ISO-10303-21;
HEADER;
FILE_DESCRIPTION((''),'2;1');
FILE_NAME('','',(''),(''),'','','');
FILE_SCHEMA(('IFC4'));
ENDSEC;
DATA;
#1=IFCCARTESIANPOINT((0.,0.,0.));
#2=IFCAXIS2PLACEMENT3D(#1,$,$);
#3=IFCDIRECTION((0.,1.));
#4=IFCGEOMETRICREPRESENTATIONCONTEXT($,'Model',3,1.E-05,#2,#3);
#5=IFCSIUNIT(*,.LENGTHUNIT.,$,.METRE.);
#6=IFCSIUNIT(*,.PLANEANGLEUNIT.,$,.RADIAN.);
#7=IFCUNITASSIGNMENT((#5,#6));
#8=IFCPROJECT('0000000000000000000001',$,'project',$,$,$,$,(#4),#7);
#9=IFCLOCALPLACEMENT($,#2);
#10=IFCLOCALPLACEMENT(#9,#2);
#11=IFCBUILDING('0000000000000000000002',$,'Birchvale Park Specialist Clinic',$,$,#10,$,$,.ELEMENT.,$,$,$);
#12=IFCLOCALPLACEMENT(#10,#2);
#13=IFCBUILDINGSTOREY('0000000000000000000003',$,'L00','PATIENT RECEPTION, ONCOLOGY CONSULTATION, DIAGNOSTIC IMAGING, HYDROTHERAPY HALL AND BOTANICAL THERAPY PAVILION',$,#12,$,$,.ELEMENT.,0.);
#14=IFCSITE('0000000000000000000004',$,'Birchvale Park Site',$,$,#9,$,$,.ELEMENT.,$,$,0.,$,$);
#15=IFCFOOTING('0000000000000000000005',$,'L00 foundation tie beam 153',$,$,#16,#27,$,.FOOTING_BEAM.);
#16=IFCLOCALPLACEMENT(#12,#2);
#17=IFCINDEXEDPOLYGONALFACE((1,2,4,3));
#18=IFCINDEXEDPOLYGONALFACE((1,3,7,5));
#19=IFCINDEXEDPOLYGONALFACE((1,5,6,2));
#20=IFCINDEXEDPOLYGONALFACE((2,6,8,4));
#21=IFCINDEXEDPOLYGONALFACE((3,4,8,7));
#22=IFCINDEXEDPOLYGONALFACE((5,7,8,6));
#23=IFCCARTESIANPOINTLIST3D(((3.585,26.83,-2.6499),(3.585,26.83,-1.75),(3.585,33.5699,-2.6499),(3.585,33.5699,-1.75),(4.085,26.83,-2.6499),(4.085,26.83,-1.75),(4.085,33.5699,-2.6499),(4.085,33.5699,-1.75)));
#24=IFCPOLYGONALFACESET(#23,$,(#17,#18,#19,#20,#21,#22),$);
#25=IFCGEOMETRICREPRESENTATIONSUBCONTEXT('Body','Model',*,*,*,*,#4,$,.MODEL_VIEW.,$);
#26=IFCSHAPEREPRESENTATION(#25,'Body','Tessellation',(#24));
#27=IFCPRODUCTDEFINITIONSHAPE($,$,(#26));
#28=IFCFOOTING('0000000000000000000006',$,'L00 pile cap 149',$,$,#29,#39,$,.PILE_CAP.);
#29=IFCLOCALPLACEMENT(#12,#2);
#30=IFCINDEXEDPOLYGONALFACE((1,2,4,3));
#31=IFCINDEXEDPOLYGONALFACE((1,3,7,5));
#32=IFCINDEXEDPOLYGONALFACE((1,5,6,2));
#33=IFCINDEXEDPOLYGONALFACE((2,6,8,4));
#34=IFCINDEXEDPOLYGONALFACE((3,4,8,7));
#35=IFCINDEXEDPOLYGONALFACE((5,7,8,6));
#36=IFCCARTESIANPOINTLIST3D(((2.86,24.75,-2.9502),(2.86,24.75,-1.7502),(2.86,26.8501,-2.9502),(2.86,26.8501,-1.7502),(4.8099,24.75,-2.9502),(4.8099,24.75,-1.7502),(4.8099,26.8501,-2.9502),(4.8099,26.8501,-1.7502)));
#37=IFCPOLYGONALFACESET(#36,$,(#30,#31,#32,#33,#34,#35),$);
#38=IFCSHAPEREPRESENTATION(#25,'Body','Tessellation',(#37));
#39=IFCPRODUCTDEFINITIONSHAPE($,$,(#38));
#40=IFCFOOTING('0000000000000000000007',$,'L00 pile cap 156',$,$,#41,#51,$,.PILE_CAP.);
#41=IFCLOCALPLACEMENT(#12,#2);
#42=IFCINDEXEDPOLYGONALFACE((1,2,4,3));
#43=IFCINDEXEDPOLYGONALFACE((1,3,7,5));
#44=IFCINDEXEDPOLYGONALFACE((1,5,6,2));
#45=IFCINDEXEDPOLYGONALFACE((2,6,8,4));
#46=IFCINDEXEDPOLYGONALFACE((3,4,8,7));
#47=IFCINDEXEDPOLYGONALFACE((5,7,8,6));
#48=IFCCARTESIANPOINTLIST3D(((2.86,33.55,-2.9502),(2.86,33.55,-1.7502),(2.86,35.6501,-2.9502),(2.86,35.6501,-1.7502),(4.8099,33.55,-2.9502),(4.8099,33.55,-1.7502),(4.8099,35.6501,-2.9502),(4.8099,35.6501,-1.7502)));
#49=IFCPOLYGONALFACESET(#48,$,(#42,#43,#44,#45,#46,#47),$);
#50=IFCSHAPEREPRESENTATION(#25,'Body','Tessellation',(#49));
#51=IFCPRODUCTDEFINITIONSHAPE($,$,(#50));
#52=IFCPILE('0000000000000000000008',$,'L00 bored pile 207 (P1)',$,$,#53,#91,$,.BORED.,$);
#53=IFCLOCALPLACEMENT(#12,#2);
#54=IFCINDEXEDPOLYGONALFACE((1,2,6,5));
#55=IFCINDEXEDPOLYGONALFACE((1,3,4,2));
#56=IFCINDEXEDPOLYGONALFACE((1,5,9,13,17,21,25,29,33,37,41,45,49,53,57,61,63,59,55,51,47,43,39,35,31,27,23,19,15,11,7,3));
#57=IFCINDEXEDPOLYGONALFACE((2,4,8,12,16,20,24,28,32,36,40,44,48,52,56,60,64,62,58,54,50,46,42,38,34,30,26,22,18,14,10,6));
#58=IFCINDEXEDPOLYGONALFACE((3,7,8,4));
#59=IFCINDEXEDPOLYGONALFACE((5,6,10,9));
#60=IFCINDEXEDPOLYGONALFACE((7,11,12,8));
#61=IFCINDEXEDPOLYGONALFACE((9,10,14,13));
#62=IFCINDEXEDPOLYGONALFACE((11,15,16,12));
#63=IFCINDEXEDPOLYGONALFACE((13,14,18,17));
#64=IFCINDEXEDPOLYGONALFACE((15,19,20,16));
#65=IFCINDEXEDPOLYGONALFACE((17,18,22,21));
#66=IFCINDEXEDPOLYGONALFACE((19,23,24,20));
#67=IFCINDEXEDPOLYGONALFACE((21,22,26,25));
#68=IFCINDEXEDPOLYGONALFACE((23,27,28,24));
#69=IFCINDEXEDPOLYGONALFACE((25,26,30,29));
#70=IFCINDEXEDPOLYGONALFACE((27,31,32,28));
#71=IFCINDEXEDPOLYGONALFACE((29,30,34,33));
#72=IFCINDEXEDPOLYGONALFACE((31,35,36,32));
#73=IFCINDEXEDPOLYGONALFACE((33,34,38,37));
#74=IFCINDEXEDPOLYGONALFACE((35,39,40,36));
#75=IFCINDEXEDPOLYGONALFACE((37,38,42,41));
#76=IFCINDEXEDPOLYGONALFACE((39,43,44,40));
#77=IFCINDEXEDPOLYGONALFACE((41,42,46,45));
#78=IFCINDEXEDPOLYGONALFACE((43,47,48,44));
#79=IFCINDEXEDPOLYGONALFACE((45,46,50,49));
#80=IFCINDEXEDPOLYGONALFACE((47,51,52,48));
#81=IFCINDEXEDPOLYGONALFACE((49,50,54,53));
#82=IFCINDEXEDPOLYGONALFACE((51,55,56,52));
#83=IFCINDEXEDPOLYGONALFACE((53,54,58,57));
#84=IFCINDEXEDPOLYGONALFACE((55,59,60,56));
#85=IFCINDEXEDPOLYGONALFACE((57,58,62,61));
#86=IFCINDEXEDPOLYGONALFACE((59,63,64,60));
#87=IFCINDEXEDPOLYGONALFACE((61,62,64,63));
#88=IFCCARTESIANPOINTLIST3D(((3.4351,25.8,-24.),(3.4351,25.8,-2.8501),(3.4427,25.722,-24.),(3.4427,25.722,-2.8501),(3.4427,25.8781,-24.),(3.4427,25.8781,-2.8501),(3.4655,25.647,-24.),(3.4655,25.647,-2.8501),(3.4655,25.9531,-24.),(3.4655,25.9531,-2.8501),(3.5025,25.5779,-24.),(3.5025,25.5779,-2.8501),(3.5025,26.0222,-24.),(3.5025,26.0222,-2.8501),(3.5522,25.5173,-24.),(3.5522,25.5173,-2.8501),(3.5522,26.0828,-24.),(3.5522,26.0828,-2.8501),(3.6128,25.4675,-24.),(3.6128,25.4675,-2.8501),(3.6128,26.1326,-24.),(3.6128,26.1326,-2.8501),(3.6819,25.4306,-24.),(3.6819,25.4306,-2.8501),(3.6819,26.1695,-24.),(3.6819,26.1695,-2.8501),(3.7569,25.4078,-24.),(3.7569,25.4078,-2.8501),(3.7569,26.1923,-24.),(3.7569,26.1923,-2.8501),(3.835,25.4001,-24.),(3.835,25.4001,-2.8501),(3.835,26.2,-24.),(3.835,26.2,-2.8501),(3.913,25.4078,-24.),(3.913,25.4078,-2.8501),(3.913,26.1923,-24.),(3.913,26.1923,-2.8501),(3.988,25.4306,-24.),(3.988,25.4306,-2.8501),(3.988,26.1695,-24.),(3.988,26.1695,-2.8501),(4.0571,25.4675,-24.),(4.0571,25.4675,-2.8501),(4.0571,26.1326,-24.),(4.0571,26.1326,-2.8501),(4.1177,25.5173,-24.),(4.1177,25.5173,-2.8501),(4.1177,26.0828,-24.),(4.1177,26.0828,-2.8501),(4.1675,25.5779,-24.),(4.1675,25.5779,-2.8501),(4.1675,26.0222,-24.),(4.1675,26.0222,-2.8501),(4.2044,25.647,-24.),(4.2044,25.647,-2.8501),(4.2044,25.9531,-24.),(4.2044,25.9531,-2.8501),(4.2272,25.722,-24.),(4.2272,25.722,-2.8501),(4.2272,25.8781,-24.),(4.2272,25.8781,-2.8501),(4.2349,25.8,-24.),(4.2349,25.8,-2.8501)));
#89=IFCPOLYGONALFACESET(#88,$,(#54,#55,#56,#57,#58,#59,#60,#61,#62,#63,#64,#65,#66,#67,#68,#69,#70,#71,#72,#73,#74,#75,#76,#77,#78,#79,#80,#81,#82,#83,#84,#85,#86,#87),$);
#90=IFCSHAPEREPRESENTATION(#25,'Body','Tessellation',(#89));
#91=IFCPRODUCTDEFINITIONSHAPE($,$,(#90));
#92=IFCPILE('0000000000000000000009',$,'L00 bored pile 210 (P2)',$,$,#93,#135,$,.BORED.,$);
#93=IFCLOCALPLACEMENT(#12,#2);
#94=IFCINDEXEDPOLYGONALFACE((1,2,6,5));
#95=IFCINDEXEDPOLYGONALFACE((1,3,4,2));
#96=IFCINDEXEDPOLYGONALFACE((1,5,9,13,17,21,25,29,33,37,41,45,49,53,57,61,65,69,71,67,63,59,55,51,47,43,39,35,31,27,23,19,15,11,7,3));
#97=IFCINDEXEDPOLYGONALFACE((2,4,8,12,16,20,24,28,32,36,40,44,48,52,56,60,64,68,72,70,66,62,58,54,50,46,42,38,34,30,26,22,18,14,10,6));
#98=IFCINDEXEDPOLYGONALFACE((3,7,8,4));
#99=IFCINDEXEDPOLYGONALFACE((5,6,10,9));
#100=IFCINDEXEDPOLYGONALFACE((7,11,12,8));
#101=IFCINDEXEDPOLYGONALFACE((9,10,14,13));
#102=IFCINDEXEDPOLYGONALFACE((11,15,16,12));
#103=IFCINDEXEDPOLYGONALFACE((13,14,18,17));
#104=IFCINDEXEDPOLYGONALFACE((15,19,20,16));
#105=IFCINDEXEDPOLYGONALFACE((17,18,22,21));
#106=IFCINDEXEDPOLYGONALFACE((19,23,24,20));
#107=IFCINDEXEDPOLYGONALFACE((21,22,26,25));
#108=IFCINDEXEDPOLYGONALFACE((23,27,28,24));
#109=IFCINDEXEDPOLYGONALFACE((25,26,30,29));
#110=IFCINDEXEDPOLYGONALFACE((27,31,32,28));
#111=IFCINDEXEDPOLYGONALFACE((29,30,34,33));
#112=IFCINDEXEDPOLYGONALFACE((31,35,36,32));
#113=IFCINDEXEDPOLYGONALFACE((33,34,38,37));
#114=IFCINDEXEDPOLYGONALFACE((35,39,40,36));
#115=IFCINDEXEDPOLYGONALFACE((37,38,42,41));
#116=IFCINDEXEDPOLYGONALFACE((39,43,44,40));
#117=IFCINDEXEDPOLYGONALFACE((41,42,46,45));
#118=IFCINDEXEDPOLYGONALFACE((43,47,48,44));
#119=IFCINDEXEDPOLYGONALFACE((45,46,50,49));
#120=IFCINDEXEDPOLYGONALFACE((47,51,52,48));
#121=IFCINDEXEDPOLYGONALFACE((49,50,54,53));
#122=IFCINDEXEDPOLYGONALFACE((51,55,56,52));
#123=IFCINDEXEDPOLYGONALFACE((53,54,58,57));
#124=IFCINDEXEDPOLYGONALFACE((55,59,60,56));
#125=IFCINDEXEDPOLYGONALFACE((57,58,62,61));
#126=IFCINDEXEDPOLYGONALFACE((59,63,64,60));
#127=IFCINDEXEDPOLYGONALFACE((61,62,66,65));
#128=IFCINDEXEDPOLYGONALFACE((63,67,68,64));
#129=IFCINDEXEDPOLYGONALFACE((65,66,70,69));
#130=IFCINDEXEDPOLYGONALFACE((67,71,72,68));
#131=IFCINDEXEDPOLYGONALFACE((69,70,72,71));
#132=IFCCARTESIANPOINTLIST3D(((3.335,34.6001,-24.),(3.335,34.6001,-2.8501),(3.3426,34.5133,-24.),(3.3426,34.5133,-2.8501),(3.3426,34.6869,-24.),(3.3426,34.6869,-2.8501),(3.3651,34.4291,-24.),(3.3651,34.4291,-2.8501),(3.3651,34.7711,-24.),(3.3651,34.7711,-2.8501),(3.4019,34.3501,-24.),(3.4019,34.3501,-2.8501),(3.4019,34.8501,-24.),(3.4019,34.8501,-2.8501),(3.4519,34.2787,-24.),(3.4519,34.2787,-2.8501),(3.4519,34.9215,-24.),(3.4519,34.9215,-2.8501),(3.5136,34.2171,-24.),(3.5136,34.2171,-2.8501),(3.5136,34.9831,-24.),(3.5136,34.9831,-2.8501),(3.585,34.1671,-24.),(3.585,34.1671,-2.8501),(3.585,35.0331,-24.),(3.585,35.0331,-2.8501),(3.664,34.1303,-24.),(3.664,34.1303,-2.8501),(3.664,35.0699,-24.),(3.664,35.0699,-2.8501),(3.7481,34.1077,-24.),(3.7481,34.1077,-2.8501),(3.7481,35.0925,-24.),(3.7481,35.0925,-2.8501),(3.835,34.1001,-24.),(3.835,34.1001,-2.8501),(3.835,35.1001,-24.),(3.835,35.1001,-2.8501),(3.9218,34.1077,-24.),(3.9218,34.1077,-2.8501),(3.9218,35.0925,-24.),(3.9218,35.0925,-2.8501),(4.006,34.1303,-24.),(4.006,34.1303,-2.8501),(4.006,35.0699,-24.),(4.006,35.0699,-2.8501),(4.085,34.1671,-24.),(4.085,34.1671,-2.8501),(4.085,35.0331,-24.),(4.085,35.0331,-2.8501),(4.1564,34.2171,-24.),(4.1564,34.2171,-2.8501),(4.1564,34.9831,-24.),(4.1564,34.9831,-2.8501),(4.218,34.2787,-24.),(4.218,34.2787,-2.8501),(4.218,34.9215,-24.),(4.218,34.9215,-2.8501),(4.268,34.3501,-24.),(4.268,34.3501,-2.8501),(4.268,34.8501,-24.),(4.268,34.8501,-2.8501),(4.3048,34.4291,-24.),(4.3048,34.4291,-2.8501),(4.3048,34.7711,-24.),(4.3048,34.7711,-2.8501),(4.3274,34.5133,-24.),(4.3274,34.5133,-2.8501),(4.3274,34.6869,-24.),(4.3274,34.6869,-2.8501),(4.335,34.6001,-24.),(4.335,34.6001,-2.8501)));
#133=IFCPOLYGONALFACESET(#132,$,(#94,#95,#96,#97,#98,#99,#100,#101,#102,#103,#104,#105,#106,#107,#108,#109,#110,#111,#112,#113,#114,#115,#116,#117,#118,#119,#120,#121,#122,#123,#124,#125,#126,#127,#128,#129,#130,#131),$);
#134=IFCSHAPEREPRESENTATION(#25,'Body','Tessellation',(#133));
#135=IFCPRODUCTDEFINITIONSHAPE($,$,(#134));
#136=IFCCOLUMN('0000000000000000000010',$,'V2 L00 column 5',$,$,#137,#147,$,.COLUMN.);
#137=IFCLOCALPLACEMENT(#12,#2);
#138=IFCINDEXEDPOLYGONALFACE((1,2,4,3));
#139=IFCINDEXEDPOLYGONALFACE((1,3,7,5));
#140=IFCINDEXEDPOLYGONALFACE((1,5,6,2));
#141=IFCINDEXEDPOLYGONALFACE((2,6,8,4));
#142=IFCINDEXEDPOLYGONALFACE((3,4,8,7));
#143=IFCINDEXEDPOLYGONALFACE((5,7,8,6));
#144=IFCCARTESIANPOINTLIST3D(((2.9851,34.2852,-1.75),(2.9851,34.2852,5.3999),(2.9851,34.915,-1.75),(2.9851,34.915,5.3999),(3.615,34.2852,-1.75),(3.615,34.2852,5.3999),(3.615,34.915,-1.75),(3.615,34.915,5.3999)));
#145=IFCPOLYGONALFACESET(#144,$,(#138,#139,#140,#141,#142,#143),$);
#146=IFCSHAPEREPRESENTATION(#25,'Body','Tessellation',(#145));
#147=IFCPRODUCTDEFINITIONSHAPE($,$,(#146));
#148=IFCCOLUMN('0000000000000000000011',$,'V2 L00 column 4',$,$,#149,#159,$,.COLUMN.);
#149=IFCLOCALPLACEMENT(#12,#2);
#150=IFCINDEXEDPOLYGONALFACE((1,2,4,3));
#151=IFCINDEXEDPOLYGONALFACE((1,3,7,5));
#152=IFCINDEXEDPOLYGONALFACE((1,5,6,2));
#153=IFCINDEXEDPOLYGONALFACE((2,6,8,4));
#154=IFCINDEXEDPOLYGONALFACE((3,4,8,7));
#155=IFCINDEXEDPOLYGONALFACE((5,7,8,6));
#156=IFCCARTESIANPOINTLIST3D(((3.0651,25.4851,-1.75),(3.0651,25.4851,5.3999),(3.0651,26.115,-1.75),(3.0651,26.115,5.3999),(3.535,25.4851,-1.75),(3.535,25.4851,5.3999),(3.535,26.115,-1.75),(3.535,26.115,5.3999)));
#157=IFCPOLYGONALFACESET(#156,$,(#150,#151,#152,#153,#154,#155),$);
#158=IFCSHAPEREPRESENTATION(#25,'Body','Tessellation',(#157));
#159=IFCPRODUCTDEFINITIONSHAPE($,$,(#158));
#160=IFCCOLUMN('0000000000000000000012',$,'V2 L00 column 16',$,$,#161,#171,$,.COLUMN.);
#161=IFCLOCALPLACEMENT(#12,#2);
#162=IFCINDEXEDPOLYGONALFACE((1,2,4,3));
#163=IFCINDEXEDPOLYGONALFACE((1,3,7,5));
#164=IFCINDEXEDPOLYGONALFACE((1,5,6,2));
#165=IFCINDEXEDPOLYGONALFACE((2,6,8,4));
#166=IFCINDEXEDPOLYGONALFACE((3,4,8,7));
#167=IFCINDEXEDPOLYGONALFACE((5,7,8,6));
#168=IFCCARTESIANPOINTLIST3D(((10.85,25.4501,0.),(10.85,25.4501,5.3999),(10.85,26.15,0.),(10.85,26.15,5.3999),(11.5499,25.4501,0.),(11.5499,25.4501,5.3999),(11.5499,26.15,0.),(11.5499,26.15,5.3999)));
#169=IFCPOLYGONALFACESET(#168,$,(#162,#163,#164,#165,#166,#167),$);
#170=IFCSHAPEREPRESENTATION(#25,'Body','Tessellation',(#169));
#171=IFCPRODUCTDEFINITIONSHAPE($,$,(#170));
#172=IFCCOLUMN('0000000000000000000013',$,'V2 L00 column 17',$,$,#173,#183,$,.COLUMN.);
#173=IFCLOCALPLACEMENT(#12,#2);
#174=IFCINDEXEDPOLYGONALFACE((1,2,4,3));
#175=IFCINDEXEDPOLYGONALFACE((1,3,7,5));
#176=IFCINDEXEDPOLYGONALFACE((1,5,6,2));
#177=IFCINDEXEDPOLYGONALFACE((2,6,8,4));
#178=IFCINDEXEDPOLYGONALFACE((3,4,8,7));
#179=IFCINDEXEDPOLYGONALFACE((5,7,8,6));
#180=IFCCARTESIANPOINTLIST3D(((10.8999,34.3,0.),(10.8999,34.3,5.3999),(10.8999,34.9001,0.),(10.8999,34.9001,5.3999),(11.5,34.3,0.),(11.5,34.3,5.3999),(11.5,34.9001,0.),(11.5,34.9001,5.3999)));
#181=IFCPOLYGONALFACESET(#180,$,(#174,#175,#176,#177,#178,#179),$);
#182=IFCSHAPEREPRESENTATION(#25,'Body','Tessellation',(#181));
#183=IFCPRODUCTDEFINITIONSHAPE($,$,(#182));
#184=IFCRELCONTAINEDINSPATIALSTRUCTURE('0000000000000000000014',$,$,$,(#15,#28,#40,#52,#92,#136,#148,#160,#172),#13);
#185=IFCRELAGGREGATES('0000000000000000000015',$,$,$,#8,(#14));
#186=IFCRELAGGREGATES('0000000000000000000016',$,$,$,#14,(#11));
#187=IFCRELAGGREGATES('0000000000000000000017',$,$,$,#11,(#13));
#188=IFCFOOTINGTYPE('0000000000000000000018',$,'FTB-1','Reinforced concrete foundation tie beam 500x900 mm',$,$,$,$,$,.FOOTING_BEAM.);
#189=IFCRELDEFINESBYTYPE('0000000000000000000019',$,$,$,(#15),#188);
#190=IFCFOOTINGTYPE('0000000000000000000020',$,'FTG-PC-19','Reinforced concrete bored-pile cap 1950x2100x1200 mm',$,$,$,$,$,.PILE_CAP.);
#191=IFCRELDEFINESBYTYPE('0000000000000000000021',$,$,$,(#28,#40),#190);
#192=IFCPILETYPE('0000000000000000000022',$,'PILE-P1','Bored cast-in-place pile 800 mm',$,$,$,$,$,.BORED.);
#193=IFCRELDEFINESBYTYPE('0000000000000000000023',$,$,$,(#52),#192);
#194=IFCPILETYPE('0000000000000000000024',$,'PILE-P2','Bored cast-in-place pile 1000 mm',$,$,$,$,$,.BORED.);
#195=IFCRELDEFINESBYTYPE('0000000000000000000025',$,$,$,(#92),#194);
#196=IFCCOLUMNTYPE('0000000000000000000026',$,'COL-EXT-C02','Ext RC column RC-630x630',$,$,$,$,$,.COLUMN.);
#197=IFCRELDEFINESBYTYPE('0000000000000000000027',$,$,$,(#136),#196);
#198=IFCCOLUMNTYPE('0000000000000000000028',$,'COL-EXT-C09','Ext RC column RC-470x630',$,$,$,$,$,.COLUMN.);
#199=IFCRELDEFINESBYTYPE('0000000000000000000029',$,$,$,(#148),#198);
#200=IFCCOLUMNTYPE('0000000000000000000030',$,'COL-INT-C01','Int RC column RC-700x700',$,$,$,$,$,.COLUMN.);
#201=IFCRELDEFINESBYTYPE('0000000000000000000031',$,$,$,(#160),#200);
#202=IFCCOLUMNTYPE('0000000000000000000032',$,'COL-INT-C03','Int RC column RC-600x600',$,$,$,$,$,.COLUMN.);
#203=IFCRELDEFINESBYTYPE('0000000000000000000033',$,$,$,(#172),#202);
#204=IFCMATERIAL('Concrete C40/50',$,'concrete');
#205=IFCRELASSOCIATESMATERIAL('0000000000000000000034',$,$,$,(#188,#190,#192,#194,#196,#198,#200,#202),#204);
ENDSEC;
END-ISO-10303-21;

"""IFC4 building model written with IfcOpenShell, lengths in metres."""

from ifc_helpers import new_model, si_unit, direction, frame, origin, origin_2d, place, context, subcontext, project, spatial, rectangle, circle, extrude, material, material_profile, profile_set, type_object, element, save


model = new_model("IFC4")

# Units and contexts
model_context = context("Model", 3, precision=1e-05, world=origin(), true_north=direction((0.0, 1.0)))
body_context = subcontext(model_context, "Body", "Model", "MODEL_VIEW")
ifc_project = project(units=[si_unit("LENGTHUNIT", "METRE"), si_unit("PLANEANGLEUNIT", "RADIAN")], contexts=[model_context])

# Site, building, storey
site_placement = place(None, origin())
site = spatial("IfcSite", under=ifc_project, at=site_placement, Name="Birchvale Park Site", CompositionType="ELEMENT", RefElevation=0.0)
building_placement = place(site_placement, origin())
building = spatial("IfcBuilding", under=site, at=building_placement, Name="Birchvale Park Specialist Clinic", CompositionType="ELEMENT")
storey_placement = place(building_placement, origin())
storey = spatial("IfcBuildingStorey", under=building, at=storey_placement, Name="L00", Description="PATIENT RECEPTION, ONCOLOGY CONSULTATION, DIAGNOSTIC IMAGING, HYDROTHERAPY HALL AND BOTANICAL THERAPY PAVILION", CompositionType="ELEMENT", Elevation=0.0)

# Footings
ifc_material_1 = material(Name="Concrete C40/50", Category="concrete")
footing_type_1 = type_object("IfcFootingType", Name="FTB-1", Description="Reinforced concrete foundation tie beam 500x900 mm", PredefinedType="FOOTING_BEAM", material=ifc_material_1)
footing_placement = place(storey_placement, frame((3.835, 30.2, -2.6499), z_axis=(0.0, 0.0, 1.0), x_axis=(1.0, 0.0, 0.0)))
element("IfcFooting", 1, at=footing_placement, inside=storey, type_object=footing_type_1, Name="L00 foundation tie beam 153", PredefinedType="FOOTING_BEAM", context=body_context, shape_type="SweptSolid", body=[
    extrude(rectangle(XDim=0.5, YDim=6.74, at=origin_2d()), origin(), (0.0, 0.0, 1.0), 0.8999),
])
footing_type_2 = type_object("IfcFootingType", Name="FTG-PC-19", Description="Reinforced concrete bored-pile cap 1950x2100x1200 mm", PredefinedType="PILE_CAP", material=ifc_material_1)
for number, where, z_axis, x_axis, name in (
    (2, (3.835, 25.8, -2.9502), (0.0, 0.0, 1.0), (1.0, 0.0, 0.0), "L00 pile cap 149"),
    (3, (3.835, 34.6001, -2.9502), (0.0, 0.0, 1.0), (1.0, 0.0, 0.0), "L00 pile cap 156"),
):
    element("IfcFooting", number, at=place(storey_placement, frame(where, z_axis=z_axis, x_axis=x_axis)), inside=storey, type_object=footing_type_2, Name=name, PredefinedType="PILE_CAP", context=body_context, shape_type="SweptSolid", body=[
        extrude(rectangle(XDim=1.95, YDim=2.1001, at=origin_2d()), origin(), (0.0, 0.0, 1.0), 1.2),
    ])

# Piles
ifc_material_profile_1 = material_profile(ifc_material_1, circle(Radius=0.3999, at=origin_2d()), Name="PILE-800")
ifc_profile_set_1 = profile_set([ifc_material_profile_1], Name="Concrete C40/50")
pile_type_1 = type_object("IfcPileType", Name="PILE-P1", Description="Bored cast-in-place pile 800 mm", PredefinedType="BORED", material=ifc_profile_set_1)
pile_1_placement = place(storey_placement, frame((3.835, 25.8, -2.8501), z_axis=(0.0, 0.0, -1.0), x_axis=(1.0, 0.0, 0.0)))
element("IfcPile", 4, at=pile_1_placement, inside=storey, type_object=pile_type_1, Name="L00 bored pile 207 (P1)", PredefinedType="BORED", context=body_context, shape_type="SweptSolid", body=[
    extrude(circle(Radius=0.3999, at=origin_2d()), origin(), (0.0, 0.0, 1.0), 21.1499),
])
ifc_material_profile_2 = material_profile(ifc_material_1, circle(Radius=0.5, at=origin_2d()), Name="PILE-1000")
ifc_profile_set_2 = profile_set([ifc_material_profile_2], Name="Concrete C40/50")
pile_type_2 = type_object("IfcPileType", Name="PILE-P2", Description="Bored cast-in-place pile 1000 mm", PredefinedType="BORED", material=ifc_profile_set_2)
pile_2_placement = place(storey_placement, frame((3.835, 34.6001, -2.8501), z_axis=(0.0, 0.0, -1.0), x_axis=(1.0, 0.0, 0.0)))
element("IfcPile", 5, at=pile_2_placement, inside=storey, type_object=pile_type_2, Name="L00 bored pile 210 (P2)", PredefinedType="BORED", context=body_context, shape_type="SweptSolid", body=[
    extrude(circle(Radius=0.5, at=origin_2d()), origin(), (0.0, 0.0, 1.0), 21.1499),
])

# Columns
ifc_material_profile_3 = material_profile(ifc_material_1, rectangle(XDim=0.6299, YDim=0.6299, at=origin_2d()), Name="RC-630x630")
ifc_profile_set_3 = profile_set([ifc_material_profile_3], Name="Concrete C40/50")
column_type_1 = type_object("IfcColumnType", Name="COL-EXT-C02", Description="Ext RC column RC-630x630", PredefinedType="COLUMN", material=ifc_profile_set_3)
column_1_placement = place(storey_placement, frame((3.3, 34.6001, -1.75), z_axis=(0.0, 0.0, 1.0), x_axis=(1.0, 0.0, 0.0)))
element("IfcColumn", 6, at=column_1_placement, inside=storey, type_object=column_type_1, Name="V2 L00 column 5", PredefinedType="COLUMN", context=body_context, shape_type="SweptSolid", body=[
    extrude(rectangle(XDim=0.6299, YDim=0.6299, at=origin_2d()), origin(), (0.0, 0.0, 1.0), 7.1499),
])
ifc_material_profile_4 = material_profile(ifc_material_1, rectangle(XDim=0.47, YDim=0.6299, at=origin_2d()), Name="RC-470x630")
ifc_profile_set_4 = profile_set([ifc_material_profile_4], Name="Concrete C40/50")
column_type_2 = type_object("IfcColumnType", Name="COL-EXT-C09", Description="Ext RC column RC-470x630", PredefinedType="COLUMN", material=ifc_profile_set_4)
column_2_placement = place(storey_placement, frame((3.3, 25.8, -1.75), z_axis=(0.0, 0.0, 1.0), x_axis=(1.0, 0.0, 0.0)))
element("IfcColumn", 7, at=column_2_placement, inside=storey, type_object=column_type_2, Name="V2 L00 column 4", PredefinedType="COLUMN", context=body_context, shape_type="SweptSolid", body=[
    extrude(rectangle(XDim=0.47, YDim=0.6299, at=origin_2d()), origin(), (0.0, 0.0, 1.0), 7.1499),
])
ifc_material_profile_5 = material_profile(ifc_material_1, rectangle(XDim=0.7, YDim=0.7, at=origin_2d()), Name="RC-700x700")
ifc_profile_set_5 = profile_set([ifc_material_profile_5], Name="Concrete C40/50")
column_type_3 = type_object("IfcColumnType", Name="COL-INT-C01", Description="Int RC column RC-700x700", PredefinedType="COLUMN", material=ifc_profile_set_5)
column_3_placement = place(storey_placement, frame((11.2, 25.8, 0.0), z_axis=(0.0, 0.0, 1.0), x_axis=(1.0, 0.0, 0.0)))
element("IfcColumn", 8, at=column_3_placement, inside=storey, type_object=column_type_3, Name="V2 L00 column 16", PredefinedType="COLUMN", context=body_context, shape_type="SweptSolid", body=[
    extrude(rectangle(XDim=0.7, YDim=0.7, at=origin_2d()), origin(), (0.0, 0.0, 1.0), 5.3999),
])
ifc_material_profile_6 = material_profile(ifc_material_1, rectangle(XDim=0.6001, YDim=0.6001, at=origin_2d()), Name="RC-600x600")
ifc_profile_set_6 = profile_set([ifc_material_profile_6], Name="Concrete C40/50")
column_type_4 = type_object("IfcColumnType", Name="COL-INT-C03", Description="Int RC column RC-600x600", PredefinedType="COLUMN", material=ifc_profile_set_6)
column_4_placement = place(storey_placement, frame((11.2, 34.6001, 0.0), z_axis=(0.0, 0.0, 1.0), x_axis=(1.0, 0.0, 0.0)))
element("IfcColumn", 9, at=column_4_placement, inside=storey, type_object=column_type_4, Name="V2 L00 column 17", PredefinedType="COLUMN", context=body_context, shape_type="SweptSolid", body=[
    extrude(rectangle(XDim=0.6001, YDim=0.6001, at=origin_2d()), origin(), (0.0, 0.0, 1.0), 5.3999),
])

save(model, "model.ifc")
